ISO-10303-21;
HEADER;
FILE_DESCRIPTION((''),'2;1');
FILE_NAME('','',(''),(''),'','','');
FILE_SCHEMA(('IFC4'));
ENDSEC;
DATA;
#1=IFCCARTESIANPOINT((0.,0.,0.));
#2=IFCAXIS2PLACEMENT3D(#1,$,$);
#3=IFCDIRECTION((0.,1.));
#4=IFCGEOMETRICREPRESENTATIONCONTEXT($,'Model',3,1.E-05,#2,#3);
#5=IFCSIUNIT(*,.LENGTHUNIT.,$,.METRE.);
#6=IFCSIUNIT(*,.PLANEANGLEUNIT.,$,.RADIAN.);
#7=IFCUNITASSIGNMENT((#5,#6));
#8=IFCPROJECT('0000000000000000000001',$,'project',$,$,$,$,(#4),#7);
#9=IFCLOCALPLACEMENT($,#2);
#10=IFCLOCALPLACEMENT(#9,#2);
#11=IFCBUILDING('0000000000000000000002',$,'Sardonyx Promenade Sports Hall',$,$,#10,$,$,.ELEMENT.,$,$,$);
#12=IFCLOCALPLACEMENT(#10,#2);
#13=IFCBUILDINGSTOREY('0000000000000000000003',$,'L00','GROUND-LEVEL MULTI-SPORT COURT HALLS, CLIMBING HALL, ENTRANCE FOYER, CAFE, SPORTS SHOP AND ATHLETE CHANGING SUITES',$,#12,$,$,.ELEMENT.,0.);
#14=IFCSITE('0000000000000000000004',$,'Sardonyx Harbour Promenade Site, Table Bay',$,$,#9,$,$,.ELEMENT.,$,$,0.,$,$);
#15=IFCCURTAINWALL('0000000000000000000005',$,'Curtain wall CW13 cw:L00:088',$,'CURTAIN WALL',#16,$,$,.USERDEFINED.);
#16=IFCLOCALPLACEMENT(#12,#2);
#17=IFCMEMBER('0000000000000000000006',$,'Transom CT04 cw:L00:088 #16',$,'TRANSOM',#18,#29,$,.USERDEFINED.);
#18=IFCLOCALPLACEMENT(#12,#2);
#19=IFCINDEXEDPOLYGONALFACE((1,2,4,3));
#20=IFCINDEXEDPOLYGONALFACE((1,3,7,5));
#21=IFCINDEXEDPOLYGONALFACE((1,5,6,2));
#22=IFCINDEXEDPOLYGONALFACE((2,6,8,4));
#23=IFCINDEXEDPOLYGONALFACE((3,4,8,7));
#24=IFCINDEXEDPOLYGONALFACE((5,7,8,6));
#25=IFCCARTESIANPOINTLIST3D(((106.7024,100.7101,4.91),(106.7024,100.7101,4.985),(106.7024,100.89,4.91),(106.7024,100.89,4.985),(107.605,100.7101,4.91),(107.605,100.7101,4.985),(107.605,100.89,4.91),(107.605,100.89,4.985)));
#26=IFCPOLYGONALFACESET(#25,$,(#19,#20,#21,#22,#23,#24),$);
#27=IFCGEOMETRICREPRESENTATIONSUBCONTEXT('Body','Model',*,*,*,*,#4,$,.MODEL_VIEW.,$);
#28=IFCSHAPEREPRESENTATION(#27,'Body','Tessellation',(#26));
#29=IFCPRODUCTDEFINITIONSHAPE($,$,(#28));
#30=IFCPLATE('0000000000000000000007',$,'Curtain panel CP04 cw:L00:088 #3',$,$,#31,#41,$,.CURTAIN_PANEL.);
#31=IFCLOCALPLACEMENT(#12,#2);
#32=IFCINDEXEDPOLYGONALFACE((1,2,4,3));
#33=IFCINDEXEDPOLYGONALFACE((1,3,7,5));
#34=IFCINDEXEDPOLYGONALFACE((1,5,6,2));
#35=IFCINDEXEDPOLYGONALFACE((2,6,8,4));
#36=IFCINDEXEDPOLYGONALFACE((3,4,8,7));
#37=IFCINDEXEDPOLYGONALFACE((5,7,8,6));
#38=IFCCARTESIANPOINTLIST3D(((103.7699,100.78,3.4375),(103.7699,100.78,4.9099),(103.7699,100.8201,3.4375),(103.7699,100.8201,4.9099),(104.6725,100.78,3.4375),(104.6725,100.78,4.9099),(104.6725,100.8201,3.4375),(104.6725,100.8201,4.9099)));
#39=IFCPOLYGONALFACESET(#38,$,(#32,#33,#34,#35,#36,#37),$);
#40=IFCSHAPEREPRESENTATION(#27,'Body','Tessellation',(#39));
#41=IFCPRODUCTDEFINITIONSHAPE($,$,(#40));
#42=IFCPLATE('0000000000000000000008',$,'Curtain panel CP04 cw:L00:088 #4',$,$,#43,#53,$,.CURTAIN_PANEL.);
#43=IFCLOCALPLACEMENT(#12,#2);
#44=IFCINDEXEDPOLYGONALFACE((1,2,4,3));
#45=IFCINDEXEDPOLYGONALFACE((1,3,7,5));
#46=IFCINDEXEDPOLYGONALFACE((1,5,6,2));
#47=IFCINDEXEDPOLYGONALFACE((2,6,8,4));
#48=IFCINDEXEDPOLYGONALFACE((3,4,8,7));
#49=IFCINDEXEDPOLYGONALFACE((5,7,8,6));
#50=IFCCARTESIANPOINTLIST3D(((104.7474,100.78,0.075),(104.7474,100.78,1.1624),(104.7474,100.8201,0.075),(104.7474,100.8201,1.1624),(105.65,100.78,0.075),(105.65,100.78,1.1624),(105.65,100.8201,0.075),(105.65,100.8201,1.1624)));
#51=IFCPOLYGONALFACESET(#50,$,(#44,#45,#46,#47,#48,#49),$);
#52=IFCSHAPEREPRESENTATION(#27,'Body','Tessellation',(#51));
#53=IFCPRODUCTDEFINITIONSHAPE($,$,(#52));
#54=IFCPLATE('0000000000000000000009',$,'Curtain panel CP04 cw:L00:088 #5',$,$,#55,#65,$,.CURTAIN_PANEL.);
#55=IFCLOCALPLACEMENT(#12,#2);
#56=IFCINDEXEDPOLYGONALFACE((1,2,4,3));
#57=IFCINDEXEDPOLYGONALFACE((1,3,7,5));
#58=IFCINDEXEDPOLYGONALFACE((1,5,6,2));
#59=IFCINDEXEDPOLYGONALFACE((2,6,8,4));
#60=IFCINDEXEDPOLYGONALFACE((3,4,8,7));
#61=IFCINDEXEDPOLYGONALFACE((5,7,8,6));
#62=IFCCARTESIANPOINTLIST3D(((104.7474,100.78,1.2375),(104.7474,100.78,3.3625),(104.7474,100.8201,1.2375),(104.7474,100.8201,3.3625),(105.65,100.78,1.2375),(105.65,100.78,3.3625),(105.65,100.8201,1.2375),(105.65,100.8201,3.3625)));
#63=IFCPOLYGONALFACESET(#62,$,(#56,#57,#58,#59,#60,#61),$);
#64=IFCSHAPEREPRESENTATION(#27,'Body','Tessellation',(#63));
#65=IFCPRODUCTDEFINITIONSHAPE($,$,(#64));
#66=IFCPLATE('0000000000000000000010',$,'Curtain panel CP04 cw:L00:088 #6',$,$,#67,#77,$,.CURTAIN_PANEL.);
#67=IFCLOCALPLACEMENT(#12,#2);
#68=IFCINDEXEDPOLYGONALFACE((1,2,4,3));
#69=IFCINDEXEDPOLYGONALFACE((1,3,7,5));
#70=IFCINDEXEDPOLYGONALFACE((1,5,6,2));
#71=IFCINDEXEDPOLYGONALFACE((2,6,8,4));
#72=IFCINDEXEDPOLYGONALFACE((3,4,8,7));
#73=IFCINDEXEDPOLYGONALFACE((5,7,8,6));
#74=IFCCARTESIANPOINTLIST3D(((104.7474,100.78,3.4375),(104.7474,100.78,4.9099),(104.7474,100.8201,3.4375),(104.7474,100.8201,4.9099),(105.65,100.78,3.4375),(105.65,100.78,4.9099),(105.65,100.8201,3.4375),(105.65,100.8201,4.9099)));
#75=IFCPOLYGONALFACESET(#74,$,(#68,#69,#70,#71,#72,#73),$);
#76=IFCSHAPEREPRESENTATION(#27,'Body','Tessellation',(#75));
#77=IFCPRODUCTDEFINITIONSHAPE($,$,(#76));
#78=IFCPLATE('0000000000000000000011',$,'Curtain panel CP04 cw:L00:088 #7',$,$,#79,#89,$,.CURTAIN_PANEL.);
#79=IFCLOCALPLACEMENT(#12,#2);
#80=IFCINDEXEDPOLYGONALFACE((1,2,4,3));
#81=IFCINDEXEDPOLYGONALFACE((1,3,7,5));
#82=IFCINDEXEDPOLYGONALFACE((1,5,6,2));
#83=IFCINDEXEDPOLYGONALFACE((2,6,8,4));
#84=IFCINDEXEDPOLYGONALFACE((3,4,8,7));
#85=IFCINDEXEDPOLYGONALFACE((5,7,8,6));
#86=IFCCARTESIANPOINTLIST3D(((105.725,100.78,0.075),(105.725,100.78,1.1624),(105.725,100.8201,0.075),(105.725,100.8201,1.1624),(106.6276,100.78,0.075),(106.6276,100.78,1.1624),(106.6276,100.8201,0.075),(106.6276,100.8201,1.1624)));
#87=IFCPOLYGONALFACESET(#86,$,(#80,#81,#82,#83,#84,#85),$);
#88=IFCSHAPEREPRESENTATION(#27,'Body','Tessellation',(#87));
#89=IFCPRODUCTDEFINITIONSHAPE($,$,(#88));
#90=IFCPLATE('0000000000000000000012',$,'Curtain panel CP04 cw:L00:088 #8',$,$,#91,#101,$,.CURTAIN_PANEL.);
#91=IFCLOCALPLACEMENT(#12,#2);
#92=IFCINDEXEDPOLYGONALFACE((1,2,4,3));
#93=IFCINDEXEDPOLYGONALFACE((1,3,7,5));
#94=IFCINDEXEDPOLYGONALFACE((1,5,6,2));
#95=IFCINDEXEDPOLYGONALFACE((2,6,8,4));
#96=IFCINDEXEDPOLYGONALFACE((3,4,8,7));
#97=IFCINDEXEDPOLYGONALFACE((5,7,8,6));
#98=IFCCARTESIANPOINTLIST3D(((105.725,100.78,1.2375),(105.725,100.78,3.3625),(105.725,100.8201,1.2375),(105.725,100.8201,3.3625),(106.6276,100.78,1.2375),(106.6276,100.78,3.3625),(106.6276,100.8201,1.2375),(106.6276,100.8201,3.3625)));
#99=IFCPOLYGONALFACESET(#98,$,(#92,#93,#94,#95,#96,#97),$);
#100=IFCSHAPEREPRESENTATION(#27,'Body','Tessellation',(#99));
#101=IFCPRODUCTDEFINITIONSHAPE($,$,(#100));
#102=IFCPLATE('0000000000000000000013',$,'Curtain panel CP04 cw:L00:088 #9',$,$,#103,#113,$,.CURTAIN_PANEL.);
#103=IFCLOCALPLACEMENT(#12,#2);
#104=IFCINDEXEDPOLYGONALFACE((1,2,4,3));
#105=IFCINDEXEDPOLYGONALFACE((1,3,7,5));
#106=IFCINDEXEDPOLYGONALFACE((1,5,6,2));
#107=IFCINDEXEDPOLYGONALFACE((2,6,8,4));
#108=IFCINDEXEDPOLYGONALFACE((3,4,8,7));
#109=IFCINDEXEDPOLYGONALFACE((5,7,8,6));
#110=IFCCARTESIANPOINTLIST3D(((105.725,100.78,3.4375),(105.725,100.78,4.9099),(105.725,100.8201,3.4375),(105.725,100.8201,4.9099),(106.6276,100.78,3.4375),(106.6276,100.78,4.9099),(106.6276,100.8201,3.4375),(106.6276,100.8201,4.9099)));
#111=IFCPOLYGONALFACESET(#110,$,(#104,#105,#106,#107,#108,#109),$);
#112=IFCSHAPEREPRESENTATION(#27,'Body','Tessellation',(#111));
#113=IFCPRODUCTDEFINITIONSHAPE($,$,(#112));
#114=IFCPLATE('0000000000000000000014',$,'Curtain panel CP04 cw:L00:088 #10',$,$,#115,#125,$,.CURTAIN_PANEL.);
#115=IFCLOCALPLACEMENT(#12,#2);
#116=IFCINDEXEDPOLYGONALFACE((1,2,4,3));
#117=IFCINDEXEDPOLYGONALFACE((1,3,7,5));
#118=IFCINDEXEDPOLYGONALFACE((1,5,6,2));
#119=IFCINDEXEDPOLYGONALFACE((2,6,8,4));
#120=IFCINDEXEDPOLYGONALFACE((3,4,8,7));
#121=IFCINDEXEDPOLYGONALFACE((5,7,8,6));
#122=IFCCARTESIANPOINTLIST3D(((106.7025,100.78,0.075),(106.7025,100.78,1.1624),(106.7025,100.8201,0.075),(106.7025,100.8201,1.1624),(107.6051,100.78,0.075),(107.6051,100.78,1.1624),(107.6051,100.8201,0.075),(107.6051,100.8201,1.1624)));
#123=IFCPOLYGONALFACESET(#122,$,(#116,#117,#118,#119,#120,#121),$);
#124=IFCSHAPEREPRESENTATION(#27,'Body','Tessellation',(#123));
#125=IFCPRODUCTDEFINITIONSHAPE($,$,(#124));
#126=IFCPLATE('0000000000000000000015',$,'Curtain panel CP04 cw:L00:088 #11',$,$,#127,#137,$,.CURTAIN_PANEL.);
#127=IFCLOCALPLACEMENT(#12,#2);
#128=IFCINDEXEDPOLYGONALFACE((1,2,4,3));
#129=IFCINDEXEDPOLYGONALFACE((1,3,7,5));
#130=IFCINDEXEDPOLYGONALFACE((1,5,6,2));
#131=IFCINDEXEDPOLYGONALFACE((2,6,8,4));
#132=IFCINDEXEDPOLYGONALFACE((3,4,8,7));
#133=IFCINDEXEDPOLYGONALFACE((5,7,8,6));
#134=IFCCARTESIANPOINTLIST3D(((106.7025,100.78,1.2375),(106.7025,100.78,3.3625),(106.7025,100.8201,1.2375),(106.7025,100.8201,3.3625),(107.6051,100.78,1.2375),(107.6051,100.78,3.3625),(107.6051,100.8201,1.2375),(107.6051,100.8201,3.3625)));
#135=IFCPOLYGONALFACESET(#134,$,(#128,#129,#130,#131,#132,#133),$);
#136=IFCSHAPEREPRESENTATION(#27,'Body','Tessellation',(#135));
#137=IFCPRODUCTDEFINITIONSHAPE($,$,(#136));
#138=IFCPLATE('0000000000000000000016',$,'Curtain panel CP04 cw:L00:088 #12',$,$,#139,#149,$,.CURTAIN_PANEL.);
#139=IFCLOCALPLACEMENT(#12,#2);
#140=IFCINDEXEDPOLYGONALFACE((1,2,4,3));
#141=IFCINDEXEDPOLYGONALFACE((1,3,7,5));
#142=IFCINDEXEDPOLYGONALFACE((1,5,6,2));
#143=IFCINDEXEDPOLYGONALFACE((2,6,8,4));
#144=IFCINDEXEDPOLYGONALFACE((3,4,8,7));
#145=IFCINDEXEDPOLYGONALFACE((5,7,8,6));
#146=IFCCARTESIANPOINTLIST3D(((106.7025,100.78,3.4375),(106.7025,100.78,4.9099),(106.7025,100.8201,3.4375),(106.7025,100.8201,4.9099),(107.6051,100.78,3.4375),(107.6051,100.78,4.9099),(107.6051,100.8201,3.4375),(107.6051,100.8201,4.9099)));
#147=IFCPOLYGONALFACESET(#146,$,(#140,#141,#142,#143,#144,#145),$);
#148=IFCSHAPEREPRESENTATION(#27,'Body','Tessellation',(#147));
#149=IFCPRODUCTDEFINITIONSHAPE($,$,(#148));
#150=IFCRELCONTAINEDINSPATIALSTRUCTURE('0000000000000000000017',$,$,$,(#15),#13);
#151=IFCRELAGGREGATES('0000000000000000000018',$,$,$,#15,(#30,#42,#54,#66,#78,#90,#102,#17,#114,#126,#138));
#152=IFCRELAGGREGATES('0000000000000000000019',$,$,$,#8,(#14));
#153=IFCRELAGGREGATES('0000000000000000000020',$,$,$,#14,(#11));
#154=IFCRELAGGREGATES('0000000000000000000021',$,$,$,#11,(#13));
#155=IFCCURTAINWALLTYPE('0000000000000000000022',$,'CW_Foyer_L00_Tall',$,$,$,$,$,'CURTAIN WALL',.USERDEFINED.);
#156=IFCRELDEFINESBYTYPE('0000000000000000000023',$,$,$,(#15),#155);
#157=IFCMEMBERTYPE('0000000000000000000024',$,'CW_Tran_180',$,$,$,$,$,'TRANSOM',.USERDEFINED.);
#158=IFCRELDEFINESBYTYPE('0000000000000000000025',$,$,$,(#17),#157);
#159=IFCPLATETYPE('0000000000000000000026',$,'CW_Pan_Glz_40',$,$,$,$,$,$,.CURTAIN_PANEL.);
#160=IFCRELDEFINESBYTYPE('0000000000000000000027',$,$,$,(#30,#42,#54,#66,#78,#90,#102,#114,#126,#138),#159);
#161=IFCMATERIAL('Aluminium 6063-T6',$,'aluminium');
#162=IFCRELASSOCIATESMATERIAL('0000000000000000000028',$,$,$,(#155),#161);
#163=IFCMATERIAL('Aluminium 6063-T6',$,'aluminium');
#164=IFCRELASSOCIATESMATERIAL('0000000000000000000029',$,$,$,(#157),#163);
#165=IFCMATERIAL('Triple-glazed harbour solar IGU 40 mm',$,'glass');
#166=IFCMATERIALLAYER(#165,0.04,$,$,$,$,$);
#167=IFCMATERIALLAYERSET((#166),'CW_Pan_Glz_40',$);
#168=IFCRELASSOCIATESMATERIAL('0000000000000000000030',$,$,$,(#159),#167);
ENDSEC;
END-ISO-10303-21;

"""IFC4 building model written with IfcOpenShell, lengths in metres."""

from ifc_helpers import new_model, si_unit, direction, frame, origin, origin_2d, place, context, subcontext, project, spatial, rectangle, extrude, material, layer, layer_set, material_profile, profile_set, type_object, element, aggregate, save


model = new_model("IFC4")

# Units and contexts
model_context = context("Model", 3, precision=1e-05, world=origin(), true_north=direction((0.0, 1.0)))
body_context = subcontext(model_context, "Body", "Model", "MODEL_VIEW")
ifc_project = project(units=[si_unit("LENGTHUNIT", "METRE"), si_unit("PLANEANGLEUNIT", "RADIAN")], contexts=[model_context])

# Site, building, storey
site_placement = place(None, origin())
site = spatial("IfcSite", under=ifc_project, at=site_placement, Name="Sardonyx Harbour Promenade Site, Table Bay", CompositionType="ELEMENT", RefElevation=0.0)
building_placement = place(site_placement, origin())
building = spatial("IfcBuilding", under=site, at=building_placement, Name="Sardonyx Promenade Sports Hall", CompositionType="ELEMENT")
storey_placement = place(building_placement, origin())
storey = spatial("IfcBuildingStorey", under=building, at=storey_placement, Name="L00", Description="GROUND-LEVEL MULTI-SPORT COURT HALLS, CLIMBING HALL, ENTRANCE FOYER, CAFE, SPORTS SHOP AND ATHLETE CHANGING SUITES", CompositionType="ELEMENT", Elevation=0.0)

# Curtain wall, member, plates
ifc_material_1 = material(Name="Aluminium 6063-T6", Category="aluminium")
curtain_wall_type = type_object("IfcCurtainWallType", Name="CW_Foyer_L00_Tall", ElementType="CURTAIN WALL", PredefinedType="USERDEFINED", material=ifc_material_1)
curtain_wall_placement = place(storey_placement, origin())
curtain_wall = element("IfcCurtainWall", 1, at=curtain_wall_placement, inside=storey, type_object=curtain_wall_type, Name="Curtain wall CW13 cw:L00:088", ObjectType="CURTAIN WALL", PredefinedType="USERDEFINED")
ifc_material_2 = material(Name="Aluminium 6063-T6", Category="aluminium")
ifc_material_profile_1 = material_profile(ifc_material_2, rectangle(XDim=0.075, YDim=0.1799, at=origin_2d()))
ifc_profile_set_1 = profile_set([ifc_material_profile_1], Name="Aluminium 6063-T6")
member_type_1 = type_object("IfcMemberType", Name="CW_Tran_180", ElementType="TRANSOM", PredefinedType="USERDEFINED", material=ifc_profile_set_1)
member_1_placement = place(storey_placement, frame((106.7024, 100.8, 4.9475), z_axis=(1.0, 0.0, 0.0), x_axis=(0.0, 0.0, 1.0)))
member_1 = element("IfcMember", 2, at=member_1_placement, type_object=member_type_1, Name="Transom CT04 cw:L00:088 #16", ObjectType="TRANSOM", PredefinedType="USERDEFINED", context=body_context, shape_type="SweptSolid", body=[
    extrude(rectangle(XDim=0.075, YDim=0.1799, at=origin_2d()), origin(), (0.0, 0.0, 1.0), 0.9026),
])
ifc_material_3 = material(Name="Triple-glazed harbour solar IGU 40 mm", Category="glass")
ifc_layer = layer(ifc_material_3, 0.04)
ifc_layer_set = layer_set([ifc_layer], Name="CW_Pan_Glz_40")
plate_type = type_object("IfcPlateType", Name="CW_Pan_Glz_40", PredefinedType="CURTAIN_PANEL", material=ifc_layer_set)
plate_1_placement = place(storey_placement, frame((104.2212, 100.8, 3.4375), z_axis=(0.0, 0.0, 1.0), x_axis=(1.0, 0.0, 0.0)))
plate_1 = element("IfcPlate", 3, at=plate_1_placement, type_object=plate_type, Name="Curtain panel CP04 cw:L00:088 #3", PredefinedType="CURTAIN_PANEL", context=body_context, shape_type="SweptSolid", body=[
    extrude(rectangle(XDim=0.9026, YDim=0.04, at=origin_2d()), origin(), (0.0, 0.0, 1.0), 1.4724),
])
plate_2_placement = place(storey_placement, frame((105.1987, 100.8, 0.075), z_axis=(0.0, 0.0, 1.0), x_axis=(1.0, 0.0, 0.0)))
plate_2 = element("IfcPlate", 4, at=plate_2_placement, type_object=plate_type, Name="Curtain panel CP04 cw:L00:088 #4", PredefinedType="CURTAIN_PANEL", context=body_context, shape_type="SweptSolid", body=[
    extrude(rectangle(XDim=0.9026, YDim=0.04, at=origin_2d()), origin(), (0.0, 0.0, 1.0), 1.0874),
])
plate_3_placement = place(storey_placement, frame((105.1987, 100.8, 1.2375), z_axis=(0.0, 0.0, 1.0), x_axis=(1.0, 0.0, 0.0)))
plate_3 = element("IfcPlate", 5, at=plate_3_placement, type_object=plate_type, Name="Curtain panel CP04 cw:L00:088 #5", PredefinedType="CURTAIN_PANEL", context=body_context, shape_type="SweptSolid", body=[
    extrude(rectangle(XDim=0.9026, YDim=0.04, at=origin_2d()), origin(), (0.0, 0.0, 1.0), 2.125),
])
plate_4_placement = place(storey_placement, frame((105.1987, 100.8, 3.4375), z_axis=(0.0, 0.0, 1.0), x_axis=(1.0, 0.0, 0.0)))
plate_4 = element("IfcPlate", 6, at=plate_4_placement, type_object=plate_type, Name="Curtain panel CP04 cw:L00:088 #6", PredefinedType="CURTAIN_PANEL", context=body_context, shape_type="SweptSolid", body=[
    extrude(rectangle(XDim=0.9026, YDim=0.04, at=origin_2d()), origin(), (0.0, 0.0, 1.0), 1.4724),
])
plate_5_placement = place(storey_placement, frame((106.1763, 100.8, 0.075), z_axis=(0.0, 0.0, 1.0), x_axis=(1.0, 0.0, 0.0)))
plate_5 = element("IfcPlate", 7, at=plate_5_placement, type_object=plate_type, Name="Curtain panel CP04 cw:L00:088 #7", PredefinedType="CURTAIN_PANEL", context=body_context, shape_type="SweptSolid", body=[
    extrude(rectangle(XDim=0.9026, YDim=0.04, at=origin_2d()), origin(), (0.0, 0.0, 1.0), 1.0874),
])
plate_6_placement = place(storey_placement, frame((106.1763, 100.8, 1.2375), z_axis=(0.0, 0.0, 1.0), x_axis=(1.0, 0.0, 0.0)))
plate_6 = element("IfcPlate", 8, at=plate_6_placement, type_object=plate_type, Name="Curtain panel CP04 cw:L00:088 #8", PredefinedType="CURTAIN_PANEL", context=body_context, shape_type="SweptSolid", body=[
    extrude(rectangle(XDim=0.9026, YDim=0.04, at=origin_2d()), origin(), (0.0, 0.0, 1.0), 2.125),
])
plate_7_placement = place(storey_placement, frame((106.1763, 100.8, 3.4375), z_axis=(0.0, 0.0, 1.0), x_axis=(1.0, 0.0, 0.0)))
plate_7 = element("IfcPlate", 9, at=plate_7_placement, type_object=plate_type, Name="Curtain panel CP04 cw:L00:088 #9", PredefinedType="CURTAIN_PANEL", context=body_context, shape_type="SweptSolid", body=[
    extrude(rectangle(XDim=0.9026, YDim=0.04, at=origin_2d()), origin(), (0.0, 0.0, 1.0), 1.4724),
])
plate_8_placement = place(storey_placement, frame((107.1538, 100.8, 0.075), z_axis=(0.0, 0.0, 1.0), x_axis=(1.0, 0.0, 0.0)))
plate_8 = element("IfcPlate", 10, at=plate_8_placement, type_object=plate_type, Name="Curtain panel CP04 cw:L00:088 #10", PredefinedType="CURTAIN_PANEL", context=body_context, shape_type="SweptSolid", body=[
    extrude(rectangle(XDim=0.9026, YDim=0.04, at=origin_2d()), origin(), (0.0, 0.0, 1.0), 1.0874),
])
plate_9_placement = place(storey_placement, frame((107.1538, 100.8, 1.2375), z_axis=(0.0, 0.0, 1.0), x_axis=(1.0, 0.0, 0.0)))
plate_9 = element("IfcPlate", 11, at=plate_9_placement, type_object=plate_type, Name="Curtain panel CP04 cw:L00:088 #11", PredefinedType="CURTAIN_PANEL", context=body_context, shape_type="SweptSolid", body=[
    extrude(rectangle(XDim=0.9026, YDim=0.04, at=origin_2d()), origin(), (0.0, 0.0, 1.0), 2.125),
])
plate_10_placement = place(storey_placement, frame((107.1538, 100.8, 3.4375), z_axis=(0.0, 0.0, 1.0), x_axis=(1.0, 0.0, 0.0)))
plate_10 = element("IfcPlate", 12, at=plate_10_placement, type_object=plate_type, Name="Curtain panel CP04 cw:L00:088 #12", PredefinedType="CURTAIN_PANEL", context=body_context, shape_type="SweptSolid", body=[
    extrude(rectangle(XDim=0.9026, YDim=0.04, at=origin_2d()), origin(), (0.0, 0.0, 1.0), 1.4724),
])
aggregate(curtain_wall, [plate_1, plate_2, plate_3, plate_4, plate_5, plate_6, plate_7, member_1, plate_8, plate_9, plate_10])

save(model, "model.ifc")
